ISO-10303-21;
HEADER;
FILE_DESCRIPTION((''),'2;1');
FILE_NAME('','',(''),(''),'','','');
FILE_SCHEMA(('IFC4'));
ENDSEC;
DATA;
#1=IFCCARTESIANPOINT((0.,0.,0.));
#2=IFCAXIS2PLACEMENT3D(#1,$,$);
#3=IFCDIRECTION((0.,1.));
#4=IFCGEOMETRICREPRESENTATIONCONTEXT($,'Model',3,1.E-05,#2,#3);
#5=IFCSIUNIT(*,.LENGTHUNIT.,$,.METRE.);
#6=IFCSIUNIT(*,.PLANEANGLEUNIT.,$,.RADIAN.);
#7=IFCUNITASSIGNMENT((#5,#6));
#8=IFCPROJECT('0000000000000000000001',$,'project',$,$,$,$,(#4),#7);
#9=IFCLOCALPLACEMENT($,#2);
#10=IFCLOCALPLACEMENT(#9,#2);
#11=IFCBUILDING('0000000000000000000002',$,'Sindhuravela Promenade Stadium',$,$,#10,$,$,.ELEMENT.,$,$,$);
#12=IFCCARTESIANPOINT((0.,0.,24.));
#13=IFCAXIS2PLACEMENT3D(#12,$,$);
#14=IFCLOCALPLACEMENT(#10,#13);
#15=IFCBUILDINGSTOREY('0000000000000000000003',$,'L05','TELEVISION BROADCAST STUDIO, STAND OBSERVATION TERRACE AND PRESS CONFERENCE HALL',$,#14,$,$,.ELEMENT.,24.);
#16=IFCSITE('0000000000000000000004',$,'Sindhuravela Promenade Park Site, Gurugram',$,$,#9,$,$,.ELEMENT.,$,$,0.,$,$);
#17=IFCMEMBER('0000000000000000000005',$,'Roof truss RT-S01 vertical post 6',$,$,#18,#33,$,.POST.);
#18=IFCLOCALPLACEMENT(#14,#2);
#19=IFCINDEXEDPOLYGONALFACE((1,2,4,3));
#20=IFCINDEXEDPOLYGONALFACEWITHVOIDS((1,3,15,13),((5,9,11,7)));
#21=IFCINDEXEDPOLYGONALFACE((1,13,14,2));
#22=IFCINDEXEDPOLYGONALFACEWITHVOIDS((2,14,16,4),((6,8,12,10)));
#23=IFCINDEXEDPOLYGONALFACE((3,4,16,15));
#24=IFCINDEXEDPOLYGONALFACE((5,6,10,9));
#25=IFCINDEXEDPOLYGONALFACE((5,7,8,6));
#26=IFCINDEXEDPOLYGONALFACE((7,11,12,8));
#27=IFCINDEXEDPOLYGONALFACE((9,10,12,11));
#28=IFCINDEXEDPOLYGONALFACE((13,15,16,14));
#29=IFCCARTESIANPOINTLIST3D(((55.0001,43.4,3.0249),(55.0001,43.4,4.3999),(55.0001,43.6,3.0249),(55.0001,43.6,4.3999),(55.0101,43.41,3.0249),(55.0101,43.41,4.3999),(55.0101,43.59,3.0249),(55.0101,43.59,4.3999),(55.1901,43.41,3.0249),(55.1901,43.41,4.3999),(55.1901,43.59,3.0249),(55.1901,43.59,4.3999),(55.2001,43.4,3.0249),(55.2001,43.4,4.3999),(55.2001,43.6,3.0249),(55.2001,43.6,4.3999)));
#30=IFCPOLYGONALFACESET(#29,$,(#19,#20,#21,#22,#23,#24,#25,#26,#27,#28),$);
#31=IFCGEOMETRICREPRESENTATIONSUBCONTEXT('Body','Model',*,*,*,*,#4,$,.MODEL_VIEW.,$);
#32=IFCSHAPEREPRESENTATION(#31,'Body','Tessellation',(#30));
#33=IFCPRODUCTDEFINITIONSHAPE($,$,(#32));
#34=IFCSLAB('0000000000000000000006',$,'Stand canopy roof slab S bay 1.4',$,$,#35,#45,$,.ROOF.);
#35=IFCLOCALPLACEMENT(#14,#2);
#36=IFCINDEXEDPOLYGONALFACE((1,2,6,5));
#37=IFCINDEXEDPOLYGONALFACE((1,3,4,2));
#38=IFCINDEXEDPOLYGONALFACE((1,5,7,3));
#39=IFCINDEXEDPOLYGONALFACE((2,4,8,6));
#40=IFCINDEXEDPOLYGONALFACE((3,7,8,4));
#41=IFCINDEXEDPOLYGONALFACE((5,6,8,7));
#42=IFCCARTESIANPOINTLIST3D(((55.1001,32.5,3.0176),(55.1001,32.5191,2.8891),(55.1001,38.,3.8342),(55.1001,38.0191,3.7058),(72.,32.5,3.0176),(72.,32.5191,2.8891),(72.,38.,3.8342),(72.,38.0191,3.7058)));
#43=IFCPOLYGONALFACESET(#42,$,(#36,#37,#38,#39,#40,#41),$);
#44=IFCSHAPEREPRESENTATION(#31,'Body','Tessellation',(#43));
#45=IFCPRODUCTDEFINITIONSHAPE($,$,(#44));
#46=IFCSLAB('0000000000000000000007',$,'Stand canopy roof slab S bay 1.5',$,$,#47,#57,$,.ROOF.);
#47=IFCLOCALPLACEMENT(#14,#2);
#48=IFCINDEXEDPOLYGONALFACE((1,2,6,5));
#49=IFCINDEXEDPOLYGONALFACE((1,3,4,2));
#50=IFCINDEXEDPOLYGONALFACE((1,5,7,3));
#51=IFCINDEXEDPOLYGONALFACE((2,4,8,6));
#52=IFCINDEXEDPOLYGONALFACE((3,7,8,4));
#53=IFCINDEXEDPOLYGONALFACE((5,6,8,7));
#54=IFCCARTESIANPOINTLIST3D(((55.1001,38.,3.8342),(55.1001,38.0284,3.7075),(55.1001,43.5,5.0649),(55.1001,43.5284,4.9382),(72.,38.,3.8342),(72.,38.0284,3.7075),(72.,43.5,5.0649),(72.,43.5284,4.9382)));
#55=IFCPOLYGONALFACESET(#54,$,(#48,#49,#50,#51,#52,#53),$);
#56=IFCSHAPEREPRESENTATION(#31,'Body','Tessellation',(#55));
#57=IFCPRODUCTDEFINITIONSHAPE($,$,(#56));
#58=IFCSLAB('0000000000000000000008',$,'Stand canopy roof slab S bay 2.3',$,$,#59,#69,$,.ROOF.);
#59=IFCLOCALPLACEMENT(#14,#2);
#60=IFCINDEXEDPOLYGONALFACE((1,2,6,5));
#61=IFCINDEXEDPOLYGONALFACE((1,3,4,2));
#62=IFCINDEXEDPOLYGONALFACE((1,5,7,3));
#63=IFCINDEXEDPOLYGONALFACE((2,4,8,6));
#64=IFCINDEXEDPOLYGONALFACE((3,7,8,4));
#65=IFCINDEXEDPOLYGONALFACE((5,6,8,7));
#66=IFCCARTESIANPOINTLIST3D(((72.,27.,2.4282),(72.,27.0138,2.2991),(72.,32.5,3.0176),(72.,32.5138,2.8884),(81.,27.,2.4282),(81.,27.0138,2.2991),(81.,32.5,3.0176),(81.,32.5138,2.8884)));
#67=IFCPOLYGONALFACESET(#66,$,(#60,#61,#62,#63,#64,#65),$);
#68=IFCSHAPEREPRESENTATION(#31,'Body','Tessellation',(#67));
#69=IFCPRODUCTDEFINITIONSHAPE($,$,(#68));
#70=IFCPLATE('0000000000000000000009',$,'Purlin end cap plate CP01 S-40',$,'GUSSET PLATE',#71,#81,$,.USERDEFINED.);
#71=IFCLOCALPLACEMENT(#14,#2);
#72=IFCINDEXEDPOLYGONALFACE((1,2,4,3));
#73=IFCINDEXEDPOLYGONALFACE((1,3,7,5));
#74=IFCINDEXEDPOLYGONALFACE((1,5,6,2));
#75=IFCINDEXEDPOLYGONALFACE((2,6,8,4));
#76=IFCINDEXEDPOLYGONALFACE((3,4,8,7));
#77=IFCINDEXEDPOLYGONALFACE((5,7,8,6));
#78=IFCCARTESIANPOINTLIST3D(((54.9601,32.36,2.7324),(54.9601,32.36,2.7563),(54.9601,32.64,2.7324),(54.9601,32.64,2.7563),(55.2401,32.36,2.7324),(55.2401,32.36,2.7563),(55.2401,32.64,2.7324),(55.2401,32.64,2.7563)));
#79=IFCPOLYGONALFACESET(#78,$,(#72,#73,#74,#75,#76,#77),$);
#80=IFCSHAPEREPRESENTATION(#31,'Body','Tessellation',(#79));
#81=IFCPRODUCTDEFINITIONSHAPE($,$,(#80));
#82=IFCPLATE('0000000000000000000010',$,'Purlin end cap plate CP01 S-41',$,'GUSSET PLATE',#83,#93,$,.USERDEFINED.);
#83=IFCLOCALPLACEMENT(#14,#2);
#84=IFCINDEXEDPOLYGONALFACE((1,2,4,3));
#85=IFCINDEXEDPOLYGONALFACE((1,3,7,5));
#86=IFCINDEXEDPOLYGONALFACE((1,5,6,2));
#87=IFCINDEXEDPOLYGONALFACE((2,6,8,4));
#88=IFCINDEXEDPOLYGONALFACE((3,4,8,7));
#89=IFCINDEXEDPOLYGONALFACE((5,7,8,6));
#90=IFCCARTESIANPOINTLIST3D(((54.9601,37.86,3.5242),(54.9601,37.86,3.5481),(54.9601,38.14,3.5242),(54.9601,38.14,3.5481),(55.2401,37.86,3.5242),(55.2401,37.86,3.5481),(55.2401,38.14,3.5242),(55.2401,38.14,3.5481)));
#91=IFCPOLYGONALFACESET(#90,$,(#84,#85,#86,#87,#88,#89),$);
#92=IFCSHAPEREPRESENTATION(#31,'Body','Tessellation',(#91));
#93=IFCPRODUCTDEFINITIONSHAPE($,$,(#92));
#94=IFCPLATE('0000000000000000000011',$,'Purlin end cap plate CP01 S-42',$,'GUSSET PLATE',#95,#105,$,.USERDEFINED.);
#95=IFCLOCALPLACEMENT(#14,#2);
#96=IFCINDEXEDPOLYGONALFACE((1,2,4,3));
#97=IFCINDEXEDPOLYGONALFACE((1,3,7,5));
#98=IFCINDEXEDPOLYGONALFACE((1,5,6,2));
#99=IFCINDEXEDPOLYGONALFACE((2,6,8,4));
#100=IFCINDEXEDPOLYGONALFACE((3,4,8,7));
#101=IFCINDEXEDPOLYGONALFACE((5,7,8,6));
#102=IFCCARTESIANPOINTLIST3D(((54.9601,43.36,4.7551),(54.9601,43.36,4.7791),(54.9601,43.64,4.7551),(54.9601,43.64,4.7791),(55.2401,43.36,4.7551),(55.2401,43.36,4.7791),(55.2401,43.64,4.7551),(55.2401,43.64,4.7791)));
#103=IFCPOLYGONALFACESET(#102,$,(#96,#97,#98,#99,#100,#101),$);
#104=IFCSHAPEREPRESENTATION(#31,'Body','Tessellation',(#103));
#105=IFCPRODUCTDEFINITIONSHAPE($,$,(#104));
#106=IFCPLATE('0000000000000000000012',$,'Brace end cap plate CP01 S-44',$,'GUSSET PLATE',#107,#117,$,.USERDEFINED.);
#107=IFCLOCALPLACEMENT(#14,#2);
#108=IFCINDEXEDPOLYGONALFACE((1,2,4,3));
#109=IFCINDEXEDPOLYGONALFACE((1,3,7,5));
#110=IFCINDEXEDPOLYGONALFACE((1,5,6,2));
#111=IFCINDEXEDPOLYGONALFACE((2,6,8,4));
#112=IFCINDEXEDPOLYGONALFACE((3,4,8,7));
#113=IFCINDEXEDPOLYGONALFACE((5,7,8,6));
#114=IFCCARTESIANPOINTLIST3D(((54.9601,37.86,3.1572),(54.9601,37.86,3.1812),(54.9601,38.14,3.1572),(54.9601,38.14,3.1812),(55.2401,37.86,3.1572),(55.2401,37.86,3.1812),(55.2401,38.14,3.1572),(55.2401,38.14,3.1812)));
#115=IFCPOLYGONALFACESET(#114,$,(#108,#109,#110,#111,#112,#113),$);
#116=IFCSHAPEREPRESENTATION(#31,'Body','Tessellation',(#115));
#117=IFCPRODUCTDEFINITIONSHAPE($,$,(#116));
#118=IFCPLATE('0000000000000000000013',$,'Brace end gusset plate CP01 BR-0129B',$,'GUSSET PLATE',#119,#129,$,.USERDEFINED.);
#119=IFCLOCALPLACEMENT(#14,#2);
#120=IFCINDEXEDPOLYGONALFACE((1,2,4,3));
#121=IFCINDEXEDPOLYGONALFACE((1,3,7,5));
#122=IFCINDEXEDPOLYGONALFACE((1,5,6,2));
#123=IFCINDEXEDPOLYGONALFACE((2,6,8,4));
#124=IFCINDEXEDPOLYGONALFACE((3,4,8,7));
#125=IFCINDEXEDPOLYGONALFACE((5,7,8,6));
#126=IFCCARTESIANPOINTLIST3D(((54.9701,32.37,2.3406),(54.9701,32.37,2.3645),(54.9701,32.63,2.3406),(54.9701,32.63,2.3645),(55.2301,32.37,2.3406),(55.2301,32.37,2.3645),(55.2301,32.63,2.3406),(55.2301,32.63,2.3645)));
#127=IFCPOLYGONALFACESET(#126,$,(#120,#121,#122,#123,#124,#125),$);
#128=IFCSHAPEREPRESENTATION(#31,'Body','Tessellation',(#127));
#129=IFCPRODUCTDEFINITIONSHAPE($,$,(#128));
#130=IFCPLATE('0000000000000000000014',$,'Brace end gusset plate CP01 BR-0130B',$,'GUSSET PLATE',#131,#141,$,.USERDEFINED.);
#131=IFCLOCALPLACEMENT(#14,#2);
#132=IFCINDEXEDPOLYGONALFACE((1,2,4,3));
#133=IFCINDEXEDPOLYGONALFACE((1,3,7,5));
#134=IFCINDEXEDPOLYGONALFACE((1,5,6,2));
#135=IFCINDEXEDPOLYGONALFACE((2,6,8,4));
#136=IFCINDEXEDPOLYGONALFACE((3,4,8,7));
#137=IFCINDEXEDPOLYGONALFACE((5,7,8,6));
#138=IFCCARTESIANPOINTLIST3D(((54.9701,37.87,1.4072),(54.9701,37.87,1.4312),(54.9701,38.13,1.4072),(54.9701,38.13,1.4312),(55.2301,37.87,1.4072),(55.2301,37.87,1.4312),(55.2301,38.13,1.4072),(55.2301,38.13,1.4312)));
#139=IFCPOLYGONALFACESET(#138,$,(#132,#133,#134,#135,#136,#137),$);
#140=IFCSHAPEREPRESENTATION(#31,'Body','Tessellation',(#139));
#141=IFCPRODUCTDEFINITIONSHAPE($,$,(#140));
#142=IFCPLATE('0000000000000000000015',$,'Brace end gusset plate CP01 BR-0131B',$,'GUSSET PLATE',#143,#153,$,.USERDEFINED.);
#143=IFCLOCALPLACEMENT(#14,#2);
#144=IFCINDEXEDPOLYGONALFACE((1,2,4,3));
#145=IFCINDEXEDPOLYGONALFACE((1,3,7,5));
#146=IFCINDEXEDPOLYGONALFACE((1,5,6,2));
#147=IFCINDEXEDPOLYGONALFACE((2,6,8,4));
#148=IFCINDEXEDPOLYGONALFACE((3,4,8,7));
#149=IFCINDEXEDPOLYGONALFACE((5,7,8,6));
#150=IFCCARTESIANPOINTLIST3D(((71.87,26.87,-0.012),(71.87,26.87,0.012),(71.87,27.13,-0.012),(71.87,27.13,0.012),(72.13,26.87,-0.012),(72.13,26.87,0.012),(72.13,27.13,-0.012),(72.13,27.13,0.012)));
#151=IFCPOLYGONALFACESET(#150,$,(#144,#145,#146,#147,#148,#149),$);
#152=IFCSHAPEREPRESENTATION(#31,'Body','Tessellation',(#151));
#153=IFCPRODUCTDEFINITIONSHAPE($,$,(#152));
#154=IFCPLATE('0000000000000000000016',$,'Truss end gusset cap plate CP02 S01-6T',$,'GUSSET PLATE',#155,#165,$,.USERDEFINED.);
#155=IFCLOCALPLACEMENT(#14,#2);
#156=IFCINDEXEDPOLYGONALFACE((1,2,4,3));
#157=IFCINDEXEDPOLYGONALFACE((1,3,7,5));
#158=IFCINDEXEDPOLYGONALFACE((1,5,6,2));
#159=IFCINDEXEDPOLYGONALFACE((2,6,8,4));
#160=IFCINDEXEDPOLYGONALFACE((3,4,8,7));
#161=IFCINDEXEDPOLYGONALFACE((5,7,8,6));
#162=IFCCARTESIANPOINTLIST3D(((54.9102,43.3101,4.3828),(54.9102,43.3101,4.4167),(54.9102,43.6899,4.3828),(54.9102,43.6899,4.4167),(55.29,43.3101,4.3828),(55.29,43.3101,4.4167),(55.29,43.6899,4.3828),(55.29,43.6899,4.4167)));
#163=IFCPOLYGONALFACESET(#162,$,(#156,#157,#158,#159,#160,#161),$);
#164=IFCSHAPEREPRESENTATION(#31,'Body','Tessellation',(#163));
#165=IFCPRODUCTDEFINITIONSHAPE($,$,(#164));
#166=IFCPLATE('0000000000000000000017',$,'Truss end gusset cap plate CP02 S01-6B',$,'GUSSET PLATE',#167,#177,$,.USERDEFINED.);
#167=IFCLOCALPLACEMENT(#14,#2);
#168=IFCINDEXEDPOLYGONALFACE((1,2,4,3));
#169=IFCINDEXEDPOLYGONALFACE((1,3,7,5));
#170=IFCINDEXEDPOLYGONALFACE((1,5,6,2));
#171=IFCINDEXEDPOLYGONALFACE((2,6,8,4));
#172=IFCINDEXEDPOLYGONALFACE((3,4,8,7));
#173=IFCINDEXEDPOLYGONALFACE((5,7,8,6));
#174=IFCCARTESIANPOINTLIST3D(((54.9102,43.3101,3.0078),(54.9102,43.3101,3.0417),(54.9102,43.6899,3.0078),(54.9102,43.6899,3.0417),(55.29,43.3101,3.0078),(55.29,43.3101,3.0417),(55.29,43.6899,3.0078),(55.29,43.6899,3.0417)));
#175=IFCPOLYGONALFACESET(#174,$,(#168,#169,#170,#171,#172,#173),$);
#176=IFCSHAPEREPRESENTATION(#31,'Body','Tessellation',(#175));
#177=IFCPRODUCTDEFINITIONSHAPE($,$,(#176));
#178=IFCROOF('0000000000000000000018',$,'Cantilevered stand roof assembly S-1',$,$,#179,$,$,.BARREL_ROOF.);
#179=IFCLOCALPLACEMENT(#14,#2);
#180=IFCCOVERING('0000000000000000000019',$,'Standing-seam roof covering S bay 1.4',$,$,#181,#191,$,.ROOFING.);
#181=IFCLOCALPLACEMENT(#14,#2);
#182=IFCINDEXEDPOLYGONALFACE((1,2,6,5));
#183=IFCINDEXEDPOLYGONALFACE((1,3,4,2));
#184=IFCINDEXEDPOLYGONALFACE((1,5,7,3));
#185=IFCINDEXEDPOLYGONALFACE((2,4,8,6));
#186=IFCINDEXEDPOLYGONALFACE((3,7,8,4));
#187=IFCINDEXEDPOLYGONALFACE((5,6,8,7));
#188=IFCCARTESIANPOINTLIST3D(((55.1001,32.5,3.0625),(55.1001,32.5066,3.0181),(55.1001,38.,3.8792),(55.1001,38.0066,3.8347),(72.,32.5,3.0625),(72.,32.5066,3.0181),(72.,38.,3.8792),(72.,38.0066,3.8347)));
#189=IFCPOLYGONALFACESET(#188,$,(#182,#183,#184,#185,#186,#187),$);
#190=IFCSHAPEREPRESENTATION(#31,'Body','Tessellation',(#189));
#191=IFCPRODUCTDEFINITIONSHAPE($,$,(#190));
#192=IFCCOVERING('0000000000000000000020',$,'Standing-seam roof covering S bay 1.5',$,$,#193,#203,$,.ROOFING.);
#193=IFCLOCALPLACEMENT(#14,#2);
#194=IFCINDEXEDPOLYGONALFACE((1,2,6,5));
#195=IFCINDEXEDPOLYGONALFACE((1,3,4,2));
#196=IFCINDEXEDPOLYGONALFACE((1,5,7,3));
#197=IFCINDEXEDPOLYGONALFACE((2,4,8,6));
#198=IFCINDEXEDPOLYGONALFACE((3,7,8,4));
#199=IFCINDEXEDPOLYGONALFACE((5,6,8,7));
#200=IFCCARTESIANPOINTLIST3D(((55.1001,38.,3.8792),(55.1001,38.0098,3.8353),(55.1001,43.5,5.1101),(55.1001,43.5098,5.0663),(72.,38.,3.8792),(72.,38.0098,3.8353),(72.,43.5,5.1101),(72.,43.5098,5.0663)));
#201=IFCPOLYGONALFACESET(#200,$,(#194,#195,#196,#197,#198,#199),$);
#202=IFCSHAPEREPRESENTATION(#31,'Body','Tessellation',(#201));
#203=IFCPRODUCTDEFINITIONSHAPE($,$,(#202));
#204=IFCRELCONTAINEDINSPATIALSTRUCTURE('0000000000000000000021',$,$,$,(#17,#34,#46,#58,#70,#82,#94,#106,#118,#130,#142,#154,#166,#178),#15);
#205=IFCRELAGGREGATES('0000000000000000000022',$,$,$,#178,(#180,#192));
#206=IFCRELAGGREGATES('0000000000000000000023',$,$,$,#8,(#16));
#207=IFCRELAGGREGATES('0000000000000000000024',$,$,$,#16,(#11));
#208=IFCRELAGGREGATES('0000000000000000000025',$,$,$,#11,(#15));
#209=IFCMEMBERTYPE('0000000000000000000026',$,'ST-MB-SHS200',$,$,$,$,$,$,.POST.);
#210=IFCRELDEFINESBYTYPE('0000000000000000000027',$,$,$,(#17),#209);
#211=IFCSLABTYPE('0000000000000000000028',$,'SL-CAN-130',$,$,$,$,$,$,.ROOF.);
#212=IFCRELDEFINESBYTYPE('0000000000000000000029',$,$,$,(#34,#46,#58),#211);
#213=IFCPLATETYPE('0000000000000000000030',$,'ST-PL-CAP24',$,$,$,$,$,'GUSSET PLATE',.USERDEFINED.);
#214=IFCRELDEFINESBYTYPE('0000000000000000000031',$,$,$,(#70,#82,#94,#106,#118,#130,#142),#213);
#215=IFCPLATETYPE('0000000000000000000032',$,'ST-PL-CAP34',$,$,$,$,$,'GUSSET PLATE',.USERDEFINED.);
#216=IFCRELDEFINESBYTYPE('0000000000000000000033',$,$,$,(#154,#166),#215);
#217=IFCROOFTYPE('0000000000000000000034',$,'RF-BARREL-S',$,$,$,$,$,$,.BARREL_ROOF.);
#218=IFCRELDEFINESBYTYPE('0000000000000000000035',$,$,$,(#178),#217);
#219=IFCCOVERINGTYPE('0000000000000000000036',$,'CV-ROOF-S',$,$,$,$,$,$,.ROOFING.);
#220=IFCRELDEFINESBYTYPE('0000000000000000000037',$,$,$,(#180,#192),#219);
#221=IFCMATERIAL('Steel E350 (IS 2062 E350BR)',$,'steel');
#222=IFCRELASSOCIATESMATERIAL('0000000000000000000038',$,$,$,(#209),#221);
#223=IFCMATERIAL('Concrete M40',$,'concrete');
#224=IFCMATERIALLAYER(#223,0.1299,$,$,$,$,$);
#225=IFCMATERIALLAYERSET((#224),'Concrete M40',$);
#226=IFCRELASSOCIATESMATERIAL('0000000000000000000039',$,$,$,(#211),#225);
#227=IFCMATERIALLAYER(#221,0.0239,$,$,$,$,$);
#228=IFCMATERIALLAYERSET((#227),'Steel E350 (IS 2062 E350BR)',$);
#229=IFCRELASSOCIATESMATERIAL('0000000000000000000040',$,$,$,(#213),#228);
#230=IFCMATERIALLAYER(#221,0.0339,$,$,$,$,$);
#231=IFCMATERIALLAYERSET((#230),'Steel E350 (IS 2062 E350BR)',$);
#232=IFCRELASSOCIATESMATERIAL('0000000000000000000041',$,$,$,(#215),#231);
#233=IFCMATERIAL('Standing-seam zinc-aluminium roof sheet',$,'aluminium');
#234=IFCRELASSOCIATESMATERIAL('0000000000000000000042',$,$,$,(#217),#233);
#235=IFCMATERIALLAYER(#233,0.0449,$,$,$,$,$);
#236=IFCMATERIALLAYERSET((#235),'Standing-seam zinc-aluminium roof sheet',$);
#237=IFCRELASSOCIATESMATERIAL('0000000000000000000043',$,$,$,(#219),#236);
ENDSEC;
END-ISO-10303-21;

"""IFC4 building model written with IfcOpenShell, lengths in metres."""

from ifc_helpers import new_model, si_unit, direction, frame, origin, origin_2d, place, context, subcontext, project, spatial, polyline, rectangle, hollow_rectangle, outline, extrude, material, layer, layer_set, material_profile, profile_set, type_object, element, aggregate, save


model = new_model("IFC4")

# Units and contexts
model_context = context("Model", 3, precision=1e-05, world=origin(), true_north=direction((0.0, 1.0)))
body_context = subcontext(model_context, "Body", "Model", "MODEL_VIEW")
ifc_project = project(units=[si_unit("LENGTHUNIT", "METRE"), si_unit("PLANEANGLEUNIT", "RADIAN")], contexts=[model_context])

# Site, building, storey
site_placement = place(None, origin())
site = spatial("IfcSite", under=ifc_project, at=site_placement, Name="Sindhuravela Promenade Park Site, Gurugram", CompositionType="ELEMENT", RefElevation=0.0)
building_placement = place(site_placement, origin())
building = spatial("IfcBuilding", under=site, at=building_placement, Name="Sindhuravela Promenade Stadium", CompositionType="ELEMENT")
storey_placement = place(building_placement, frame((0.0, 0.0, 24.0)))
storey = spatial("IfcBuildingStorey", under=building, at=storey_placement, Name="L05", Description="TELEVISION BROADCAST STUDIO, STAND OBSERVATION TERRACE AND PRESS CONFERENCE HALL", CompositionType="ELEMENT", Elevation=24.0)

# Shared definitions
ifc_material_1 = material(Name="Steel E350 (IS 2062 E350BR)", Category="steel")

# Member
ifc_material_profile_1 = material_profile(ifc_material_1, hollow_rectangle(XDim=0.2, YDim=0.2, WallThickness=0.01, at=origin_2d()), Name="SHS 200x200x10")
ifc_profile_set_1 = profile_set([ifc_material_profile_1], Name="Steel E350 (IS 2062 E350BR)")
member_type_1 = type_object("IfcMemberType", Name="ST-MB-SHS200", PredefinedType="POST", material=ifc_profile_set_1)
member_1_placement = place(storey_placement, frame((55.1001, 43.5, 3.0249), z_axis=(0.0, 0.0, 1.0), x_axis=(1.0, 0.0, 0.0)))
element("IfcMember", 1, at=member_1_placement, inside=storey, type_object=member_type_1, Name="Roof truss RT-S01 vertical post 6", PredefinedType="POST", context=body_context, shape_type="SweptSolid", body=[
    extrude(hollow_rectangle(XDim=0.2, YDim=0.2, WallThickness=0.01, at=origin_2d()), origin(), (0.0, 0.0, 1.0), 1.375),
])

# Slabs
ifc_material_2 = material(Name="Concrete M40", Category="concrete")
ifc_layer_1 = layer(ifc_material_2, 0.1299)
ifc_layer_set_1 = layer_set([ifc_layer_1], Name="Concrete M40")
slab_type = type_object("IfcSlabType", Name="SL-CAN-130", PredefinedType="ROOF", material=ifc_layer_set_1)
slab_1_placement = place(storey_placement, frame((55.1001, 32.5, 3.0176), z_axis=(0.0, -0.146872, 0.989156), x_axis=(1.0, 0.0, 0.0)))
element("IfcSlab", 2, at=slab_1_placement, inside=storey, type_object=slab_type, Name="Stand canopy roof slab S bay 1.4", PredefinedType="ROOF", context=body_context, shape_type="SweptSolid", body=[
    extrude(outline(polyline([(0.0, 0.0), (16.8999, 0.0), (16.8999, 5.5603), (0.0, 5.5603), (0.0, 0.0)])), origin(), (0.0, 0.0, -1.0), 0.1299),
])
slab_2_placement = place(storey_placement, frame((55.1001, 38.0, 3.8342), z_axis=(0.0, -0.218366, 0.975867), x_axis=(1.0, 0.0, 0.0)))
element("IfcSlab", 3, at=slab_2_placement, inside=storey, type_object=slab_type, Name="Stand canopy roof slab S bay 1.5", PredefinedType="ROOF", context=body_context, shape_type="SweptSolid", body=[
    extrude(outline(polyline([(0.0, 0.0), (16.8999, 0.0), (16.8999, 5.636), (0.0, 5.636), (0.0, 0.0)])), origin(), (0.0, 0.0, -1.0), 0.1299),
])
slab_3_placement = place(storey_placement, frame((72.0, 27.0, 2.4282), z_axis=(0.0, -0.106546, 0.994308), x_axis=(1.0, 0.0, 0.0)))
element("IfcSlab", 4, at=slab_3_placement, inside=storey, type_object=slab_type, Name="Stand canopy roof slab S bay 2.3", PredefinedType="ROOF", context=body_context, shape_type="SweptSolid", body=[
    extrude(outline(polyline([(0.0, 0.0), (9.0, 0.0), (9.0, 5.5315), (0.0, 5.5315), (0.0, 0.0)])), origin(), (0.0, 0.0, -1.0), 0.1299),
])

# Plates
ifc_layer_2 = layer(ifc_material_1, 0.0239)
ifc_layer_set_2 = layer_set([ifc_layer_2], Name="Steel E350 (IS 2062 E350BR)")
plate_type_1 = type_object("IfcPlateType", Name="ST-PL-CAP24", ElementType="GUSSET PLATE", PredefinedType="USERDEFINED", material=ifc_layer_set_2)
for number, where, z_axis, x_axis, name in (
    (5, (55.1001, 32.5, 2.7324), (0.0, 0.0, 1.0), (1.0, 0.0, 0.0), "Purlin end cap plate CP01 S-40"),
    (6, (55.1001, 38.0, 3.5242), (0.0, 0.0, 1.0), (1.0, 0.0, 0.0), "Purlin end cap plate CP01 S-41"),
    (7, (55.1001, 43.5, 4.7551), (0.0, 0.0, 1.0), (1.0, 0.0, 0.0), "Purlin end cap plate CP01 S-42"),
    (8, (55.1001, 38.0, 3.1572), (0.0, 0.0, 1.0), (1.0, 0.0, 0.0), "Brace end cap plate CP01 S-44"),
):
    element("IfcPlate", number, at=place(storey_placement, frame(where, z_axis=z_axis, x_axis=x_axis)), inside=storey, type_object=plate_type_1, Name=name, ObjectType="GUSSET PLATE", PredefinedType="USERDEFINED", context=body_context, shape_type="SweptSolid", body=[
        extrude(rectangle(XDim=0.28, YDim=0.28, at=origin_2d()), origin(), (0.0, 0.0, 1.0), 0.0239),
    ])
for number, where, z_axis, x_axis, name in (
    (9, (55.1001, 32.5, 2.3406), (0.0, 0.0, 1.0), (1.0, 0.0, 0.0), "Brace end gusset plate CP01 BR-0129B"),
    (10, (55.1001, 38.0, 1.4072), (0.0, 0.0, 1.0), (1.0, 0.0, 0.0), "Brace end gusset plate CP01 BR-0130B"),
    (11, (72.0, 27.0, -0.012), (0.0, 0.0, 1.0), (1.0, 0.0, 0.0), "Brace end gusset plate CP01 BR-0131B"),
):
    element("IfcPlate", number, at=place(storey_placement, frame(where, z_axis=z_axis, x_axis=x_axis)), inside=storey, type_object=plate_type_1, Name=name, ObjectType="GUSSET PLATE", PredefinedType="USERDEFINED", context=body_context, shape_type="SweptSolid", body=[
        extrude(rectangle(XDim=0.26, YDim=0.26, at=origin_2d()), origin(), (0.0, 0.0, 1.0), 0.0239),
    ])
ifc_layer_3 = layer(ifc_material_1, 0.0339)
ifc_layer_set_3 = layer_set([ifc_layer_3], Name="Steel E350 (IS 2062 E350BR)")
plate_type_2 = type_object("IfcPlateType", Name="ST-PL-CAP34", ElementType="GUSSET PLATE", PredefinedType="USERDEFINED", material=ifc_layer_set_3)
for number, where, z_axis, x_axis, name in (
    (12, (55.1001, 43.5, 4.3828), (0.0, 0.0, 1.0), (1.0, 0.0, 0.0), "Truss end gusset cap plate CP02 S01-6T"),
    (13, (55.1001, 43.5, 3.0078), (0.0, 0.0, 1.0), (1.0, 0.0, 0.0), "Truss end gusset cap plate CP02 S01-6B"),
):
    element("IfcPlate", number, at=place(storey_placement, frame(where, z_axis=z_axis, x_axis=x_axis)), inside=storey, type_object=plate_type_2, Name=name, ObjectType="GUSSET PLATE", PredefinedType="USERDEFINED", context=body_context, shape_type="SweptSolid", body=[
        extrude(rectangle(XDim=0.3799, YDim=0.3799, at=origin_2d()), origin(), (0.0, 0.0, 1.0), 0.0339),
    ])

# Roof, coverings
ifc_material_3 = material(Name="Standing-seam zinc-aluminium roof sheet", Category="aluminium")
roof_type = type_object("IfcRoofType", Name="RF-BARREL-S", PredefinedType="BARREL_ROOF", material=ifc_material_3)
roof_placement = place(storey_placement, origin())
roof = element("IfcRoof", 14, at=roof_placement, inside=storey, type_object=roof_type, Name="Cantilevered stand roof assembly S-1", PredefinedType="BARREL_ROOF")
ifc_layer_4 = layer(ifc_material_3, 0.0449)
ifc_layer_set_4 = layer_set([ifc_layer_4], Name="Standing-seam zinc-aluminium roof sheet")
covering_type_1 = type_object("IfcCoveringType", Name="CV-ROOF-S", PredefinedType="ROOFING", material=ifc_layer_set_4)
covering_1_placement = place(storey_placement, frame((55.1001, 32.5, 3.0625), z_axis=(0.0, -0.146872, 0.989156), x_axis=(1.0, 0.0, 0.0)))
covering_1 = element("IfcCovering", 15, at=covering_1_placement, type_object=covering_type_1, Name="Standing-seam roof covering S bay 1.4", PredefinedType="ROOFING", context=body_context, shape_type="SweptSolid", body=[
    extrude(outline(polyline([(0.0, 0.0), (16.8999, 0.0), (16.8999, 5.5603), (0.0, 5.5603), (0.0, 0.0)])), origin(), (0.0, 0.0, -1.0), 0.0449),
])
covering_2_placement = place(storey_placement, frame((55.1001, 38.0, 3.8792), z_axis=(0.0, -0.218407, 0.975858), x_axis=(1.0, 0.0, 0.0)))
covering_2 = element("IfcCovering", 16, at=covering_2_placement, type_object=covering_type_1, Name="Standing-seam roof covering S bay 1.5", PredefinedType="ROOFING", context=body_context, shape_type="SweptSolid", body=[
    extrude(outline(polyline([(0.0, 0.0), (16.8999, 0.0), (16.8999, 5.6361), (0.0, 5.6361), (0.0, 0.0)])), origin(), (0.0, 0.0, -1.0), 0.0449),
])
aggregate(roof, [covering_1, covering_2])

save(model, "model.ifc")
